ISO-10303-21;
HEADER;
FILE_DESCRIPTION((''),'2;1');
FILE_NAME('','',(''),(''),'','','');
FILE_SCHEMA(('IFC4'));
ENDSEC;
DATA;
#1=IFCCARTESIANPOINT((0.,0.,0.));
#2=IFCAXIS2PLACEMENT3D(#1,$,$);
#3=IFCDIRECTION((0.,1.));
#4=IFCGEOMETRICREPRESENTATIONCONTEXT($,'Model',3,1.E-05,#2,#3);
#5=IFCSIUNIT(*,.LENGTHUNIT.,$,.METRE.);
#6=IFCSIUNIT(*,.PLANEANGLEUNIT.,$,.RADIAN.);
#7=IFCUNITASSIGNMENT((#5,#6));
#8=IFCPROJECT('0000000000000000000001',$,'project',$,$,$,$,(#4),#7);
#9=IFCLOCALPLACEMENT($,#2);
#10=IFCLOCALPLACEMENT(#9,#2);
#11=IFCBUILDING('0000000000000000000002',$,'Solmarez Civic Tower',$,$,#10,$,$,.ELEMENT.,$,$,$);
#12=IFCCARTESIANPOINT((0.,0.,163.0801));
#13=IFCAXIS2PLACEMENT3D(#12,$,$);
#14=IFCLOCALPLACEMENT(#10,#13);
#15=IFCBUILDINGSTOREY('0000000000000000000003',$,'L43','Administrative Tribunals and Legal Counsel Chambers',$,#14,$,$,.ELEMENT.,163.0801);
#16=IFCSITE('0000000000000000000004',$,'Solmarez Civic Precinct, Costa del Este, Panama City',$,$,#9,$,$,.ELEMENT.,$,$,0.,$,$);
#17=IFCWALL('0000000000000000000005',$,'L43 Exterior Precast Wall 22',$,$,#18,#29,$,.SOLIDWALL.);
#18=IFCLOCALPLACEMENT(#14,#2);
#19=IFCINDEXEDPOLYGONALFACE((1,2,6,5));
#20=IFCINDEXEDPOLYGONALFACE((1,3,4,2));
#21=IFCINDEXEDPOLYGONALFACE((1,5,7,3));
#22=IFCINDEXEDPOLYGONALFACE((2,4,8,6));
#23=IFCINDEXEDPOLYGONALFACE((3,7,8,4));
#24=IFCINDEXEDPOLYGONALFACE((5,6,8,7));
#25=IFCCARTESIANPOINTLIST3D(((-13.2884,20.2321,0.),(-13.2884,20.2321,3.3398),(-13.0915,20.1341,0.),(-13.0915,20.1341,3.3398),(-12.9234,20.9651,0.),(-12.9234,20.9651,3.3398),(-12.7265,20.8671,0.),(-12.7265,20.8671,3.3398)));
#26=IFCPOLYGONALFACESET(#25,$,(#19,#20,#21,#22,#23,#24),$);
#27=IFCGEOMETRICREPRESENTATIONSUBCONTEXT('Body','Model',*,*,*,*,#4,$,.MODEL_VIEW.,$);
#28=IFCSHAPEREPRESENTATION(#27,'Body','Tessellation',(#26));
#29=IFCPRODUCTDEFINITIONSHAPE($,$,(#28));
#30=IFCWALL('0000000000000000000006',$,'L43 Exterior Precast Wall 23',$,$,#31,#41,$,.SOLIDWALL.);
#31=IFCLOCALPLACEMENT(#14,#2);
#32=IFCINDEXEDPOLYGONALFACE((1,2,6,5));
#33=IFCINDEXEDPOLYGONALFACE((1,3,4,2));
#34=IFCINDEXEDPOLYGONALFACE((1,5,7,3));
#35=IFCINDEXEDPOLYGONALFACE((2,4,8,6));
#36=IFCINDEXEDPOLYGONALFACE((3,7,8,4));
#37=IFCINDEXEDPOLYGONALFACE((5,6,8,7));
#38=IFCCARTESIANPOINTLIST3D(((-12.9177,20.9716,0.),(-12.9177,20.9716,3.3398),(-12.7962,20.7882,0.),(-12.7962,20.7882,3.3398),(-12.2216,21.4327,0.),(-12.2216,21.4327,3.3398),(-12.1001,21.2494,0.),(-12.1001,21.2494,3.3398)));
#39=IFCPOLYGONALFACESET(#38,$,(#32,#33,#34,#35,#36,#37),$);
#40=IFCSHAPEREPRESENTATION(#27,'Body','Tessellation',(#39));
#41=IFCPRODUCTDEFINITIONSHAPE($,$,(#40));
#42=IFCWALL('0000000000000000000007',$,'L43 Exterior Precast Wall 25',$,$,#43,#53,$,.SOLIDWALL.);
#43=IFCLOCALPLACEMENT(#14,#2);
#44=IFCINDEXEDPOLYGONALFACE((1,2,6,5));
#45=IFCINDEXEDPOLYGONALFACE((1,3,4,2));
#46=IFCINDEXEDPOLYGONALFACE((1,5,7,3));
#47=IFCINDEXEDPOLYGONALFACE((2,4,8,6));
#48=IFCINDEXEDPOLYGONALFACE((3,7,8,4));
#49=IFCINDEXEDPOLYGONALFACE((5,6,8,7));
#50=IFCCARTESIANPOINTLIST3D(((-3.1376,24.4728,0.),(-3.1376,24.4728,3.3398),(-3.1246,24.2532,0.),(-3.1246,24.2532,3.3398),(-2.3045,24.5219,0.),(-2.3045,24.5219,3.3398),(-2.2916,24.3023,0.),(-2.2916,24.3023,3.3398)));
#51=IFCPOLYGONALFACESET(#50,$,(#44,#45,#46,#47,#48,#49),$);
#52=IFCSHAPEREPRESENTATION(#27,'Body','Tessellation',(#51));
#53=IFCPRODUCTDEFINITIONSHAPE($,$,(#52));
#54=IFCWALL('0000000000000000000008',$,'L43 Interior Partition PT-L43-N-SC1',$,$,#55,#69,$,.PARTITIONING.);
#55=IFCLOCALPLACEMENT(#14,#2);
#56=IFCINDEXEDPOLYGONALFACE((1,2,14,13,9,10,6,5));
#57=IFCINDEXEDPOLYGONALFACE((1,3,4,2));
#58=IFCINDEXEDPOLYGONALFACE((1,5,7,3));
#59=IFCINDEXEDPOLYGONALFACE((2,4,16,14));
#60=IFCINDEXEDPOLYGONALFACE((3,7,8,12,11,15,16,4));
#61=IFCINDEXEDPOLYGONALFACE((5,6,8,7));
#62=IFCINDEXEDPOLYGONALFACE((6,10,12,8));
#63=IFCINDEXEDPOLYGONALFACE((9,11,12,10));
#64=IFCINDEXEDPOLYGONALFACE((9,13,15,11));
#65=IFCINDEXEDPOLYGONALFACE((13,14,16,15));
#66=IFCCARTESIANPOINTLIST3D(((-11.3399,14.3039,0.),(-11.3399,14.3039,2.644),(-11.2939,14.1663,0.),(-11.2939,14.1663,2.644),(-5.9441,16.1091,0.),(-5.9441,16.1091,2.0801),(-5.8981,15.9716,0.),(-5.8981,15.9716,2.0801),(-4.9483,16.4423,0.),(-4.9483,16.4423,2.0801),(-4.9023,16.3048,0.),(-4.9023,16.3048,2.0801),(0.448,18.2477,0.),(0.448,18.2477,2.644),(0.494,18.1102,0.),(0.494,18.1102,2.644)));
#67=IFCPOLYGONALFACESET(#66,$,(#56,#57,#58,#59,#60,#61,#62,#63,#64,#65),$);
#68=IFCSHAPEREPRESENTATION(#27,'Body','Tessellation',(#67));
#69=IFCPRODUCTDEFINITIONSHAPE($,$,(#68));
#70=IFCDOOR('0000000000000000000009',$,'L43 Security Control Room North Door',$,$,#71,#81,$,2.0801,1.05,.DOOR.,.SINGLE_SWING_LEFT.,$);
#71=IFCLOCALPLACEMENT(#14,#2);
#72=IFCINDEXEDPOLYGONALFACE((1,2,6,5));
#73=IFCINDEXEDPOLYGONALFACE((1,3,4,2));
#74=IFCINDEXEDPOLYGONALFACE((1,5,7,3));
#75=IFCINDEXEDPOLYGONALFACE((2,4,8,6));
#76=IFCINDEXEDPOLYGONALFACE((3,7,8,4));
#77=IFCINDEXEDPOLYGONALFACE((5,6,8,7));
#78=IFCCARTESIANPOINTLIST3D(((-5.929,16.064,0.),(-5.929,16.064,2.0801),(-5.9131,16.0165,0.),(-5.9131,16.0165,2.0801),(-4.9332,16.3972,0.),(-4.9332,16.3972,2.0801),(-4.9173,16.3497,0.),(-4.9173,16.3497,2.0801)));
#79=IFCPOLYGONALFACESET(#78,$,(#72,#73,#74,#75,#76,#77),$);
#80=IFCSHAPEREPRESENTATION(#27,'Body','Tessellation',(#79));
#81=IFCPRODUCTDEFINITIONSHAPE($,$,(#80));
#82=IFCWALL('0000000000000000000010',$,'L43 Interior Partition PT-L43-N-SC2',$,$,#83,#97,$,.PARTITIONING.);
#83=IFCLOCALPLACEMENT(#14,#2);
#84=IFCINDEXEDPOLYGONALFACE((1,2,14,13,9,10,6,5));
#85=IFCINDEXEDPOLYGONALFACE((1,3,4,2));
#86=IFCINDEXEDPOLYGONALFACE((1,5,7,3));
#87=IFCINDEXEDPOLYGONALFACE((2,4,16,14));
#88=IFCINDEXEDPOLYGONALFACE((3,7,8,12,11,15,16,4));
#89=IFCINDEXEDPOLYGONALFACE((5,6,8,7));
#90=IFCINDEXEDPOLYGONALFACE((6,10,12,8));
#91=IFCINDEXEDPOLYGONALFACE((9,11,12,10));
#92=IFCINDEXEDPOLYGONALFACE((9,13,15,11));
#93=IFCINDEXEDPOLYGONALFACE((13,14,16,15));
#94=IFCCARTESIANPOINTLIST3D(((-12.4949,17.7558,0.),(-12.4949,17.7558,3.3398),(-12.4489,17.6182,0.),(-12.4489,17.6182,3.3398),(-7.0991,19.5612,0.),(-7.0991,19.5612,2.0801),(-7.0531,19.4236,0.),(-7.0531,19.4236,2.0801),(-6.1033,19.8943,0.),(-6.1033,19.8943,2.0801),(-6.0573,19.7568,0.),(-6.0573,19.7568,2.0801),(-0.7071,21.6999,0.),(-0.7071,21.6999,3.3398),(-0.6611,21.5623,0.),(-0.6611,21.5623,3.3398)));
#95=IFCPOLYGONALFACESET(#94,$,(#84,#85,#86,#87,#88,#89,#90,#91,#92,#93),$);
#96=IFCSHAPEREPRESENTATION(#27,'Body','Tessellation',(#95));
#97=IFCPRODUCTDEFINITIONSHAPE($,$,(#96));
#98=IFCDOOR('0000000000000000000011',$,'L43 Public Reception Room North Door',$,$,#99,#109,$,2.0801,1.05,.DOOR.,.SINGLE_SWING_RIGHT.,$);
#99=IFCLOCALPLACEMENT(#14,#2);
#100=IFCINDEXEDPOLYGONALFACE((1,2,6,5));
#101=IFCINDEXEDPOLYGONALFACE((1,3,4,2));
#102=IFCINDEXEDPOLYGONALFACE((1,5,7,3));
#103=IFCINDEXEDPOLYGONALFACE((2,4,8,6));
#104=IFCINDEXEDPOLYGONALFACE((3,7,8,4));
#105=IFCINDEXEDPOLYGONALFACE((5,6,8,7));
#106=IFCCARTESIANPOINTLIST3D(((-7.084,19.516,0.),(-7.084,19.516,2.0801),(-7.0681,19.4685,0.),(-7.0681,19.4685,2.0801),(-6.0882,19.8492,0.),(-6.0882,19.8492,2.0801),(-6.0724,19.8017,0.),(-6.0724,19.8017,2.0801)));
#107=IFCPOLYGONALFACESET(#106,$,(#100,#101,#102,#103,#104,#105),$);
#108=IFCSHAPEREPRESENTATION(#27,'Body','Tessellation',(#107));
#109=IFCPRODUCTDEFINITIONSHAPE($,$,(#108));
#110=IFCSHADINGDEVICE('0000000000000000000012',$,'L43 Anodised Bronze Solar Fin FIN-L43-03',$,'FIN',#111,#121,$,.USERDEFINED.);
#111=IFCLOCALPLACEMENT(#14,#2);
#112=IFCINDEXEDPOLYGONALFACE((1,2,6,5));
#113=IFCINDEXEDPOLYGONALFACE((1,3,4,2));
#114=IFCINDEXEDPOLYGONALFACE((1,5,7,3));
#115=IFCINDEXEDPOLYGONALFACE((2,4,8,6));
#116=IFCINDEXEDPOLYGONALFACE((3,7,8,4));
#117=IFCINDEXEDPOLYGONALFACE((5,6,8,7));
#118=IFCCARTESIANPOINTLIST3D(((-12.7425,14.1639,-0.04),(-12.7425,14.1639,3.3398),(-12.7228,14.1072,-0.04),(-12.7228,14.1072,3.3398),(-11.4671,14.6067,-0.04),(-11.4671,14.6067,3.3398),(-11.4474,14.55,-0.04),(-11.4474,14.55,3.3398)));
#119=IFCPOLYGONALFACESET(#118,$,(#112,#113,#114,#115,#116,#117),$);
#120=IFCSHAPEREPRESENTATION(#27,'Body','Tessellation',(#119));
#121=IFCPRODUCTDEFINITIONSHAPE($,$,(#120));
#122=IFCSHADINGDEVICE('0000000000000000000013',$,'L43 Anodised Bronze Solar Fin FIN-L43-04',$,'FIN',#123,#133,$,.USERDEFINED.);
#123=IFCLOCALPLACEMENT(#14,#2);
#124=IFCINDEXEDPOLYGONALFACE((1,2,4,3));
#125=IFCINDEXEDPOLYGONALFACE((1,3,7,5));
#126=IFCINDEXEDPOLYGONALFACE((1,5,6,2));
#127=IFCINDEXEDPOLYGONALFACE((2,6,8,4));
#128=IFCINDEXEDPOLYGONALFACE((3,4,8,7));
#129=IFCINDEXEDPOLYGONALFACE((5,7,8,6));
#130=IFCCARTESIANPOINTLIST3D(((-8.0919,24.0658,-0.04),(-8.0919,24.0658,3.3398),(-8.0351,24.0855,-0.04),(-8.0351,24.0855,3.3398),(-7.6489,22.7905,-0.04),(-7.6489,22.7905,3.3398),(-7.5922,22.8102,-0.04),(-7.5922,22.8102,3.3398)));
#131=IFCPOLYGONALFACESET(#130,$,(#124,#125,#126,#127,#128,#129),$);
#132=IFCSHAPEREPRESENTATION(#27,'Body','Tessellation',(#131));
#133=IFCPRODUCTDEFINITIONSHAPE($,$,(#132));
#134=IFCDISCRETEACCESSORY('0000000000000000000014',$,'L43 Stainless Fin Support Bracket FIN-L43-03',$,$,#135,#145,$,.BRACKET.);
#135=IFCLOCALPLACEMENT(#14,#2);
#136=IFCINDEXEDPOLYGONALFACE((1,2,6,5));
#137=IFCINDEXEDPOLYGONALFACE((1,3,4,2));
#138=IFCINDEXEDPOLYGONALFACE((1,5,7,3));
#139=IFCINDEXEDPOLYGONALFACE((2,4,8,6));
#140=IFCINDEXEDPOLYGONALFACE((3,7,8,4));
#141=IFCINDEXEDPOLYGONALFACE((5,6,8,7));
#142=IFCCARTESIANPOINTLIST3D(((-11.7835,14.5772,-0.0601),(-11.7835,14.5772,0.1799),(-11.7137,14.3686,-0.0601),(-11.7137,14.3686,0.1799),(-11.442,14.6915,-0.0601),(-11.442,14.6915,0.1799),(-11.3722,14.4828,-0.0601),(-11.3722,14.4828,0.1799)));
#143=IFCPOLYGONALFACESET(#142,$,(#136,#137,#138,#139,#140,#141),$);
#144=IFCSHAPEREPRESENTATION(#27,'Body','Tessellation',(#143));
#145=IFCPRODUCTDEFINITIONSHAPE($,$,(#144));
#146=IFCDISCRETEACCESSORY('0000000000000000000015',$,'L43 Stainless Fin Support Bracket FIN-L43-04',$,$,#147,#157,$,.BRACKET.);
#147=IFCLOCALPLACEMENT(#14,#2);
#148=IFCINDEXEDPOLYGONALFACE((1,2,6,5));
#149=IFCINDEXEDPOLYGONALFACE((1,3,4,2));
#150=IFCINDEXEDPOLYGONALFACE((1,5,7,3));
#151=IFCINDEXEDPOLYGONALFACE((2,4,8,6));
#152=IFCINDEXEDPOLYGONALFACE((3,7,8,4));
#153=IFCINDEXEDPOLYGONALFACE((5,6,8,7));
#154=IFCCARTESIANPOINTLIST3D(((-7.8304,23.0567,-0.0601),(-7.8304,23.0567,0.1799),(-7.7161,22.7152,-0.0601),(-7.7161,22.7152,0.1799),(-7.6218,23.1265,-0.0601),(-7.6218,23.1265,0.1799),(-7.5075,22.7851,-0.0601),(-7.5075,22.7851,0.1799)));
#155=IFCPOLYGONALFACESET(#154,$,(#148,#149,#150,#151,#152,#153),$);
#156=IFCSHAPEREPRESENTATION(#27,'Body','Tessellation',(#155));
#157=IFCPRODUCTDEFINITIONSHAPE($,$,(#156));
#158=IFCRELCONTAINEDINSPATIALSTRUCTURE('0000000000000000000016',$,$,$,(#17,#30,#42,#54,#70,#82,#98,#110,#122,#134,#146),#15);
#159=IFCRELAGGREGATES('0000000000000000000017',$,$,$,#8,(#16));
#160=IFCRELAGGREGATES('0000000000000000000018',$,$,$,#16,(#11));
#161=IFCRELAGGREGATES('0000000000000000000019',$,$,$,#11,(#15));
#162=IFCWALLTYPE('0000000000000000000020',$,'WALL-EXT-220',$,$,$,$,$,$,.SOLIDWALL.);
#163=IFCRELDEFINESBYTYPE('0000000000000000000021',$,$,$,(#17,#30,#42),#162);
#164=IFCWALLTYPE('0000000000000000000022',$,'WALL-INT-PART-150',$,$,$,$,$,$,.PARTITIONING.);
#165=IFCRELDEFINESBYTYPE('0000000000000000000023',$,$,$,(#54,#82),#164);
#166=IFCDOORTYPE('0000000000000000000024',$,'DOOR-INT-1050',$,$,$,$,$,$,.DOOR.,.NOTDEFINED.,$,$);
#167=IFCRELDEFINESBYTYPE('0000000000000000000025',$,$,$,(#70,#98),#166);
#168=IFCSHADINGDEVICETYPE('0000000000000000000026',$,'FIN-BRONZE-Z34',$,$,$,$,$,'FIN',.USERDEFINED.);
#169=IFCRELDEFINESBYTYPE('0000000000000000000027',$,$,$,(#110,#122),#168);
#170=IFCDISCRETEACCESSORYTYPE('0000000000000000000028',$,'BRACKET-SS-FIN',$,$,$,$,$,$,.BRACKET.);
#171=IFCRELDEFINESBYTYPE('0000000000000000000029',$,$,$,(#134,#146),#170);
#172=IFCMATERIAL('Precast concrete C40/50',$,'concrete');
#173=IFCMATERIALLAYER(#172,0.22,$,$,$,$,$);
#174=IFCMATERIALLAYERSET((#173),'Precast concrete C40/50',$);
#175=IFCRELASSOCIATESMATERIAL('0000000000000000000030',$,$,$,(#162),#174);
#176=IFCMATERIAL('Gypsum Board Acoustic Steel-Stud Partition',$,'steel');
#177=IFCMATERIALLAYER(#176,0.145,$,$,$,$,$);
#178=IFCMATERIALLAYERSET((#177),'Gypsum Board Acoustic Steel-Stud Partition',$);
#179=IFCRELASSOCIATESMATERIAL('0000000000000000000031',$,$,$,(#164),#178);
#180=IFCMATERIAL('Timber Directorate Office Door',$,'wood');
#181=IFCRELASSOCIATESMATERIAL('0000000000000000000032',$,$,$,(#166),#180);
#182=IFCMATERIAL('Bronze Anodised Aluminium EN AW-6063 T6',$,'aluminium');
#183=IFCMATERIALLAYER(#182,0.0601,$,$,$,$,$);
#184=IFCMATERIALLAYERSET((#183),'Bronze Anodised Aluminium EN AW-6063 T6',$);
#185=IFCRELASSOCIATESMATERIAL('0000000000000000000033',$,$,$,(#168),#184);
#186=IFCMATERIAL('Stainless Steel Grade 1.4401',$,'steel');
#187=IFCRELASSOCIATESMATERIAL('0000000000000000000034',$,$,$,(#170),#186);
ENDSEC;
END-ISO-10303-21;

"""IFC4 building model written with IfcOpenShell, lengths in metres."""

from ifc_helpers import new_model, si_unit, direction, frame, frame_2d, origin, origin_2d, place, context, subcontext, project, spatial, rectangle, extrude, material, layer, layer_set, type_object, element, fill, save


model = new_model("IFC4")

# Units and contexts
model_context = context("Model", 3, precision=1e-05, world=origin(), true_north=direction((0.0, 1.0)))
body_context = subcontext(model_context, "Body", "Model", "MODEL_VIEW")
ifc_project = project(units=[si_unit("LENGTHUNIT", "METRE"), si_unit("PLANEANGLEUNIT", "RADIAN")], contexts=[model_context])

# Site, building, storey
site_placement = place(None, origin())
site = spatial("IfcSite", under=ifc_project, at=site_placement, Name="Solmarez Civic Precinct, Costa del Este, Panama City", CompositionType="ELEMENT", RefElevation=0.0)
building_placement = place(site_placement, origin())
building = spatial("IfcBuilding", under=site, at=building_placement, Name="Solmarez Civic Tower", CompositionType="ELEMENT")
storey_placement = place(building_placement, frame((0.0, 0.0, 163.0801)))
storey = spatial("IfcBuildingStorey", under=building, at=storey_placement, Name="L43", Description="Administrative Tribunals and Legal Counsel Chambers", CompositionType="ELEMENT", Elevation=163.0801)

# Shared definitions
ifc_material_1 = material(Name="Bronze Anodised Aluminium EN AW-6063 T6", Category="aluminium")

# Shared definitions
ifc_material_2 = material(Name="Precast concrete C40/50", Category="concrete")
ifc_layer_1 = layer(ifc_material_2, 0.22)
ifc_layer_set_1 = layer_set([ifc_layer_1], Name="Precast concrete C40/50")
wall_type_1 = type_object("IfcWallType", Name="WALL-EXT-220", PredefinedType="SOLIDWALL", material=ifc_layer_set_1)

# Walls
wall_1_placement = place(storey_placement, frame((-13.1899, 20.1831, 0.0), z_axis=(0.0, 0.0, 1.0), x_axis=(0.445782, 0.895142, 0.0)))
element("IfcWall", 1, at=wall_1_placement, inside=storey, type_object=wall_type_1, Name="L43 Exterior Precast Wall 22", PredefinedType="SOLIDWALL", context=body_context, shape_type="SweptSolid", body=[
    extrude(rectangle(XDim=0.8188, YDim=0.22, at=frame_2d((0.4094, 0.0))), origin(), (0.0, 0.0, 1.0), 3.3398),
])
wall_2_placement = place(storey_placement, frame((-12.8569, 20.8799, 0.0), z_axis=(0.0, 0.0, 1.0), x_axis=(0.833621, 0.552336, 0.0)))
element("IfcWall", 2, at=wall_2_placement, inside=storey, type_object=wall_type_1, Name="L43 Exterior Precast Wall 23", PredefinedType="SOLIDWALL", context=body_context, shape_type="SweptSolid", body=[
    extrude(rectangle(XDim=0.835, YDim=0.22, at=frame_2d((0.4175, 0.0))), origin(), (0.0, 0.0, 1.0), 3.3398),
])
wall_3_placement = place(storey_placement, frame((-3.1311, 24.363, 0.0), z_axis=(0.0, 0.0, 1.0), x_axis=(0.998269, 0.058808, 0.0)))
element("IfcWall", 3, at=wall_3_placement, inside=storey, type_object=wall_type_1, Name="L43 Exterior Precast Wall 25", PredefinedType="SOLIDWALL", context=body_context, shape_type="SweptSolid", body=[
    extrude(rectangle(XDim=0.8345, YDim=0.22, at=frame_2d((0.4172, 0.0))), origin(), (0.0, 0.0, 1.0), 3.3398),
])

# Walls, openings, doors
ifc_material_3 = material(Name="Gypsum Board Acoustic Steel-Stud Partition", Category="steel")
ifc_layer_2 = layer(ifc_material_3, 0.145)
ifc_layer_set_2 = layer_set([ifc_layer_2], Name="Gypsum Board Acoustic Steel-Stud Partition")
wall_type_2 = type_object("IfcWallType", Name="WALL-INT-PART-150", PredefinedType="PARTITIONING", material=ifc_layer_set_2)
wall_4_placement = place(storey_placement, frame((-11.3169, 14.2351, 0.0), z_axis=(0.0, 0.0, 1.0), x_axis=(0.948331, 0.317282, 0.0)))
wall_4 = element("IfcWall", 4, at=wall_4_placement, inside=storey, type_object=wall_type_2, Name="L43 Interior Partition PT-L43-N-SC1", PredefinedType="PARTITIONING", context=body_context, shape_type="SweptSolid", body=[
    extrude(rectangle(XDim=12.4302, YDim=0.145, at=frame_2d((6.2151, 0.0))), origin(), (0.0, 0.0, 1.0), 2.644),
])
opening_1_placement = place(wall_4_placement, frame((5.6899, 0.0, 0.0)))
opening_1 = element("IfcOpeningElement", 5, at=opening_1_placement, cuts=wall_4, PredefinedType="OPENING", context=body_context, shape_type="SweptSolid", body=[
    extrude(rectangle(XDim=1.05, YDim=2.0801, at=frame_2d((0.5249, 1.04))), frame((0.0, 0.0825, 0.0), z_axis=(0.0, -1.0, 0.0), x_axis=(1.0, 0.0, 0.0)), (0.0, 0.0, 1.0), 0.165),
])
ifc_material_4 = material(Name="Timber Directorate Office Door", Category="wood")
door_type = type_object("IfcDoorType", Name="DOOR-INT-1050", OperationType="NOTDEFINED", PredefinedType="DOOR", material=ifc_material_4)
door_1_placement = place(opening_1_placement, origin())
door_1 = element("IfcDoor", 6, at=door_1_placement, inside=storey, type_object=door_type, Name="L43 Security Control Room North Door", OperationType="SINGLE_SWING_LEFT", OverallHeight=2.0801, OverallWidth=1.05, PredefinedType="DOOR", context=body_context, shape_type="SweptSolid", body=[
    extrude(rectangle(XDim=1.05, YDim=2.0801, at=frame_2d((0.5249, 1.04))), frame((0.0, 0.0249, 0.0), z_axis=(0.0, -1.0, 0.0), x_axis=(1.0, 0.0, 0.0)), (0.0, 0.0, 1.0), 0.05),
])
fill(opening_1, door_1)
wall_5_placement = place(storey_placement, frame((-12.4719, 17.687, 0.0), z_axis=(0.0, 0.0, 1.0), x_axis=(0.948325, 0.3173, 0.0)))
wall_5 = element("IfcWall", 7, at=wall_5_placement, inside=storey, type_object=wall_type_2, Name="L43 Interior Partition PT-L43-N-SC2", PredefinedType="PARTITIONING", context=body_context, shape_type="SweptSolid", body=[
    extrude(rectangle(XDim=12.4302, YDim=0.145, at=frame_2d((6.2151, 0.0))), origin(), (0.0, 0.0, 1.0), 3.3398),
])
opening_2_placement = place(wall_5_placement, frame((5.6899, 0.0, 0.0)))
opening_2 = element("IfcOpeningElement", 8, at=opening_2_placement, cuts=wall_5, PredefinedType="OPENING", context=body_context, shape_type="SweptSolid", body=[
    extrude(rectangle(XDim=1.05, YDim=2.0801, at=frame_2d((0.5249, 1.04))), frame((0.0, 0.0825, 0.0), z_axis=(0.0, -1.0, 0.0), x_axis=(1.0, 0.0, 0.0)), (0.0, 0.0, 1.0), 0.165),
])
door_2_placement = place(opening_2_placement, origin())
door_2 = element("IfcDoor", 9, at=door_2_placement, inside=storey, type_object=door_type, Name="L43 Public Reception Room North Door", OperationType="SINGLE_SWING_RIGHT", OverallHeight=2.0801, OverallWidth=1.05, PredefinedType="DOOR", context=body_context, shape_type="SweptSolid", body=[
    extrude(rectangle(XDim=1.05, YDim=2.0801, at=frame_2d((0.5249, 1.04))), frame((0.0, 0.0249, 0.0), z_axis=(0.0, -1.0, 0.0), x_axis=(1.0, 0.0, 0.0)), (0.0, 0.0, 1.0), 0.05),
])
fill(opening_2, door_2)

# Shading devices
ifc_layer_3 = layer(ifc_material_1, 0.0601)
ifc_layer_set_3 = layer_set([ifc_layer_3], Name="Bronze Anodised Aluminium EN AW-6063 T6")
shading_device_type = type_object("IfcShadingDeviceType", Name="FIN-BRONZE-Z34", ElementType="FIN", PredefinedType="USERDEFINED", material=ifc_layer_set_3)
for number, where, z_axis, x_axis, name in (
    (10, (-12.095, 14.3569, -0.04), (0.0, 0.0, 1.0), (-0.944686, -0.327976, 0.0), "L43 Anodised Bronze Solar Fin FIN-L43-03"),
    (11, (-7.842, 23.438, -0.04), (0.0, 0.0, 1.0), (-0.328075, 0.944652, 0.0), "L43 Anodised Bronze Solar Fin FIN-L43-04"),
):
    element("IfcShadingDevice", number, at=place(storey_placement, frame(where, z_axis=z_axis, x_axis=x_axis)), inside=storey, type_object=shading_device_type, Name=name, ObjectType="FIN", PredefinedType="USERDEFINED", context=body_context, shape_type="SweptSolid", body=[
        extrude(rectangle(XDim=1.3501, YDim=0.0601, at=origin_2d()), origin(), (0.0, 0.0, 1.0), 3.3799),
    ])

# Discrete accessories
ifc_material_5 = material(Name="Stainless Steel Grade 1.4401", Category="steel")
discrete_accessory_type = type_object("IfcDiscreteAccessoryType", Name="BRACKET-SS-FIN", PredefinedType="BRACKET", material=ifc_material_5)
for number, where, z_axis, x_axis, name in (
    (12, (-11.5779, 14.53, -0.0601), (0.0, 0.0, 1.0), (-0.948351, -0.317222, 0.0), "L43 Stainless Fin Support Bracket FIN-L43-03"),
    (13, (-7.6689, 22.9209, -0.0601), (0.0, 0.0, 1.0), (-0.317325, 0.948317, 0.0), "L43 Stainless Fin Support Bracket FIN-L43-04"),
):
    element("IfcDiscreteAccessory", number, at=place(storey_placement, frame(where, z_axis=z_axis, x_axis=x_axis)), inside=storey, type_object=discrete_accessory_type, Name=name, PredefinedType="BRACKET", context=body_context, shape_type="SweptSolid", body=[
        extrude(rectangle(XDim=0.3601, YDim=0.22, at=origin_2d()), origin(), (0.0, 0.0, 1.0), 0.24),
    ])

save(model, "model.ifc")
